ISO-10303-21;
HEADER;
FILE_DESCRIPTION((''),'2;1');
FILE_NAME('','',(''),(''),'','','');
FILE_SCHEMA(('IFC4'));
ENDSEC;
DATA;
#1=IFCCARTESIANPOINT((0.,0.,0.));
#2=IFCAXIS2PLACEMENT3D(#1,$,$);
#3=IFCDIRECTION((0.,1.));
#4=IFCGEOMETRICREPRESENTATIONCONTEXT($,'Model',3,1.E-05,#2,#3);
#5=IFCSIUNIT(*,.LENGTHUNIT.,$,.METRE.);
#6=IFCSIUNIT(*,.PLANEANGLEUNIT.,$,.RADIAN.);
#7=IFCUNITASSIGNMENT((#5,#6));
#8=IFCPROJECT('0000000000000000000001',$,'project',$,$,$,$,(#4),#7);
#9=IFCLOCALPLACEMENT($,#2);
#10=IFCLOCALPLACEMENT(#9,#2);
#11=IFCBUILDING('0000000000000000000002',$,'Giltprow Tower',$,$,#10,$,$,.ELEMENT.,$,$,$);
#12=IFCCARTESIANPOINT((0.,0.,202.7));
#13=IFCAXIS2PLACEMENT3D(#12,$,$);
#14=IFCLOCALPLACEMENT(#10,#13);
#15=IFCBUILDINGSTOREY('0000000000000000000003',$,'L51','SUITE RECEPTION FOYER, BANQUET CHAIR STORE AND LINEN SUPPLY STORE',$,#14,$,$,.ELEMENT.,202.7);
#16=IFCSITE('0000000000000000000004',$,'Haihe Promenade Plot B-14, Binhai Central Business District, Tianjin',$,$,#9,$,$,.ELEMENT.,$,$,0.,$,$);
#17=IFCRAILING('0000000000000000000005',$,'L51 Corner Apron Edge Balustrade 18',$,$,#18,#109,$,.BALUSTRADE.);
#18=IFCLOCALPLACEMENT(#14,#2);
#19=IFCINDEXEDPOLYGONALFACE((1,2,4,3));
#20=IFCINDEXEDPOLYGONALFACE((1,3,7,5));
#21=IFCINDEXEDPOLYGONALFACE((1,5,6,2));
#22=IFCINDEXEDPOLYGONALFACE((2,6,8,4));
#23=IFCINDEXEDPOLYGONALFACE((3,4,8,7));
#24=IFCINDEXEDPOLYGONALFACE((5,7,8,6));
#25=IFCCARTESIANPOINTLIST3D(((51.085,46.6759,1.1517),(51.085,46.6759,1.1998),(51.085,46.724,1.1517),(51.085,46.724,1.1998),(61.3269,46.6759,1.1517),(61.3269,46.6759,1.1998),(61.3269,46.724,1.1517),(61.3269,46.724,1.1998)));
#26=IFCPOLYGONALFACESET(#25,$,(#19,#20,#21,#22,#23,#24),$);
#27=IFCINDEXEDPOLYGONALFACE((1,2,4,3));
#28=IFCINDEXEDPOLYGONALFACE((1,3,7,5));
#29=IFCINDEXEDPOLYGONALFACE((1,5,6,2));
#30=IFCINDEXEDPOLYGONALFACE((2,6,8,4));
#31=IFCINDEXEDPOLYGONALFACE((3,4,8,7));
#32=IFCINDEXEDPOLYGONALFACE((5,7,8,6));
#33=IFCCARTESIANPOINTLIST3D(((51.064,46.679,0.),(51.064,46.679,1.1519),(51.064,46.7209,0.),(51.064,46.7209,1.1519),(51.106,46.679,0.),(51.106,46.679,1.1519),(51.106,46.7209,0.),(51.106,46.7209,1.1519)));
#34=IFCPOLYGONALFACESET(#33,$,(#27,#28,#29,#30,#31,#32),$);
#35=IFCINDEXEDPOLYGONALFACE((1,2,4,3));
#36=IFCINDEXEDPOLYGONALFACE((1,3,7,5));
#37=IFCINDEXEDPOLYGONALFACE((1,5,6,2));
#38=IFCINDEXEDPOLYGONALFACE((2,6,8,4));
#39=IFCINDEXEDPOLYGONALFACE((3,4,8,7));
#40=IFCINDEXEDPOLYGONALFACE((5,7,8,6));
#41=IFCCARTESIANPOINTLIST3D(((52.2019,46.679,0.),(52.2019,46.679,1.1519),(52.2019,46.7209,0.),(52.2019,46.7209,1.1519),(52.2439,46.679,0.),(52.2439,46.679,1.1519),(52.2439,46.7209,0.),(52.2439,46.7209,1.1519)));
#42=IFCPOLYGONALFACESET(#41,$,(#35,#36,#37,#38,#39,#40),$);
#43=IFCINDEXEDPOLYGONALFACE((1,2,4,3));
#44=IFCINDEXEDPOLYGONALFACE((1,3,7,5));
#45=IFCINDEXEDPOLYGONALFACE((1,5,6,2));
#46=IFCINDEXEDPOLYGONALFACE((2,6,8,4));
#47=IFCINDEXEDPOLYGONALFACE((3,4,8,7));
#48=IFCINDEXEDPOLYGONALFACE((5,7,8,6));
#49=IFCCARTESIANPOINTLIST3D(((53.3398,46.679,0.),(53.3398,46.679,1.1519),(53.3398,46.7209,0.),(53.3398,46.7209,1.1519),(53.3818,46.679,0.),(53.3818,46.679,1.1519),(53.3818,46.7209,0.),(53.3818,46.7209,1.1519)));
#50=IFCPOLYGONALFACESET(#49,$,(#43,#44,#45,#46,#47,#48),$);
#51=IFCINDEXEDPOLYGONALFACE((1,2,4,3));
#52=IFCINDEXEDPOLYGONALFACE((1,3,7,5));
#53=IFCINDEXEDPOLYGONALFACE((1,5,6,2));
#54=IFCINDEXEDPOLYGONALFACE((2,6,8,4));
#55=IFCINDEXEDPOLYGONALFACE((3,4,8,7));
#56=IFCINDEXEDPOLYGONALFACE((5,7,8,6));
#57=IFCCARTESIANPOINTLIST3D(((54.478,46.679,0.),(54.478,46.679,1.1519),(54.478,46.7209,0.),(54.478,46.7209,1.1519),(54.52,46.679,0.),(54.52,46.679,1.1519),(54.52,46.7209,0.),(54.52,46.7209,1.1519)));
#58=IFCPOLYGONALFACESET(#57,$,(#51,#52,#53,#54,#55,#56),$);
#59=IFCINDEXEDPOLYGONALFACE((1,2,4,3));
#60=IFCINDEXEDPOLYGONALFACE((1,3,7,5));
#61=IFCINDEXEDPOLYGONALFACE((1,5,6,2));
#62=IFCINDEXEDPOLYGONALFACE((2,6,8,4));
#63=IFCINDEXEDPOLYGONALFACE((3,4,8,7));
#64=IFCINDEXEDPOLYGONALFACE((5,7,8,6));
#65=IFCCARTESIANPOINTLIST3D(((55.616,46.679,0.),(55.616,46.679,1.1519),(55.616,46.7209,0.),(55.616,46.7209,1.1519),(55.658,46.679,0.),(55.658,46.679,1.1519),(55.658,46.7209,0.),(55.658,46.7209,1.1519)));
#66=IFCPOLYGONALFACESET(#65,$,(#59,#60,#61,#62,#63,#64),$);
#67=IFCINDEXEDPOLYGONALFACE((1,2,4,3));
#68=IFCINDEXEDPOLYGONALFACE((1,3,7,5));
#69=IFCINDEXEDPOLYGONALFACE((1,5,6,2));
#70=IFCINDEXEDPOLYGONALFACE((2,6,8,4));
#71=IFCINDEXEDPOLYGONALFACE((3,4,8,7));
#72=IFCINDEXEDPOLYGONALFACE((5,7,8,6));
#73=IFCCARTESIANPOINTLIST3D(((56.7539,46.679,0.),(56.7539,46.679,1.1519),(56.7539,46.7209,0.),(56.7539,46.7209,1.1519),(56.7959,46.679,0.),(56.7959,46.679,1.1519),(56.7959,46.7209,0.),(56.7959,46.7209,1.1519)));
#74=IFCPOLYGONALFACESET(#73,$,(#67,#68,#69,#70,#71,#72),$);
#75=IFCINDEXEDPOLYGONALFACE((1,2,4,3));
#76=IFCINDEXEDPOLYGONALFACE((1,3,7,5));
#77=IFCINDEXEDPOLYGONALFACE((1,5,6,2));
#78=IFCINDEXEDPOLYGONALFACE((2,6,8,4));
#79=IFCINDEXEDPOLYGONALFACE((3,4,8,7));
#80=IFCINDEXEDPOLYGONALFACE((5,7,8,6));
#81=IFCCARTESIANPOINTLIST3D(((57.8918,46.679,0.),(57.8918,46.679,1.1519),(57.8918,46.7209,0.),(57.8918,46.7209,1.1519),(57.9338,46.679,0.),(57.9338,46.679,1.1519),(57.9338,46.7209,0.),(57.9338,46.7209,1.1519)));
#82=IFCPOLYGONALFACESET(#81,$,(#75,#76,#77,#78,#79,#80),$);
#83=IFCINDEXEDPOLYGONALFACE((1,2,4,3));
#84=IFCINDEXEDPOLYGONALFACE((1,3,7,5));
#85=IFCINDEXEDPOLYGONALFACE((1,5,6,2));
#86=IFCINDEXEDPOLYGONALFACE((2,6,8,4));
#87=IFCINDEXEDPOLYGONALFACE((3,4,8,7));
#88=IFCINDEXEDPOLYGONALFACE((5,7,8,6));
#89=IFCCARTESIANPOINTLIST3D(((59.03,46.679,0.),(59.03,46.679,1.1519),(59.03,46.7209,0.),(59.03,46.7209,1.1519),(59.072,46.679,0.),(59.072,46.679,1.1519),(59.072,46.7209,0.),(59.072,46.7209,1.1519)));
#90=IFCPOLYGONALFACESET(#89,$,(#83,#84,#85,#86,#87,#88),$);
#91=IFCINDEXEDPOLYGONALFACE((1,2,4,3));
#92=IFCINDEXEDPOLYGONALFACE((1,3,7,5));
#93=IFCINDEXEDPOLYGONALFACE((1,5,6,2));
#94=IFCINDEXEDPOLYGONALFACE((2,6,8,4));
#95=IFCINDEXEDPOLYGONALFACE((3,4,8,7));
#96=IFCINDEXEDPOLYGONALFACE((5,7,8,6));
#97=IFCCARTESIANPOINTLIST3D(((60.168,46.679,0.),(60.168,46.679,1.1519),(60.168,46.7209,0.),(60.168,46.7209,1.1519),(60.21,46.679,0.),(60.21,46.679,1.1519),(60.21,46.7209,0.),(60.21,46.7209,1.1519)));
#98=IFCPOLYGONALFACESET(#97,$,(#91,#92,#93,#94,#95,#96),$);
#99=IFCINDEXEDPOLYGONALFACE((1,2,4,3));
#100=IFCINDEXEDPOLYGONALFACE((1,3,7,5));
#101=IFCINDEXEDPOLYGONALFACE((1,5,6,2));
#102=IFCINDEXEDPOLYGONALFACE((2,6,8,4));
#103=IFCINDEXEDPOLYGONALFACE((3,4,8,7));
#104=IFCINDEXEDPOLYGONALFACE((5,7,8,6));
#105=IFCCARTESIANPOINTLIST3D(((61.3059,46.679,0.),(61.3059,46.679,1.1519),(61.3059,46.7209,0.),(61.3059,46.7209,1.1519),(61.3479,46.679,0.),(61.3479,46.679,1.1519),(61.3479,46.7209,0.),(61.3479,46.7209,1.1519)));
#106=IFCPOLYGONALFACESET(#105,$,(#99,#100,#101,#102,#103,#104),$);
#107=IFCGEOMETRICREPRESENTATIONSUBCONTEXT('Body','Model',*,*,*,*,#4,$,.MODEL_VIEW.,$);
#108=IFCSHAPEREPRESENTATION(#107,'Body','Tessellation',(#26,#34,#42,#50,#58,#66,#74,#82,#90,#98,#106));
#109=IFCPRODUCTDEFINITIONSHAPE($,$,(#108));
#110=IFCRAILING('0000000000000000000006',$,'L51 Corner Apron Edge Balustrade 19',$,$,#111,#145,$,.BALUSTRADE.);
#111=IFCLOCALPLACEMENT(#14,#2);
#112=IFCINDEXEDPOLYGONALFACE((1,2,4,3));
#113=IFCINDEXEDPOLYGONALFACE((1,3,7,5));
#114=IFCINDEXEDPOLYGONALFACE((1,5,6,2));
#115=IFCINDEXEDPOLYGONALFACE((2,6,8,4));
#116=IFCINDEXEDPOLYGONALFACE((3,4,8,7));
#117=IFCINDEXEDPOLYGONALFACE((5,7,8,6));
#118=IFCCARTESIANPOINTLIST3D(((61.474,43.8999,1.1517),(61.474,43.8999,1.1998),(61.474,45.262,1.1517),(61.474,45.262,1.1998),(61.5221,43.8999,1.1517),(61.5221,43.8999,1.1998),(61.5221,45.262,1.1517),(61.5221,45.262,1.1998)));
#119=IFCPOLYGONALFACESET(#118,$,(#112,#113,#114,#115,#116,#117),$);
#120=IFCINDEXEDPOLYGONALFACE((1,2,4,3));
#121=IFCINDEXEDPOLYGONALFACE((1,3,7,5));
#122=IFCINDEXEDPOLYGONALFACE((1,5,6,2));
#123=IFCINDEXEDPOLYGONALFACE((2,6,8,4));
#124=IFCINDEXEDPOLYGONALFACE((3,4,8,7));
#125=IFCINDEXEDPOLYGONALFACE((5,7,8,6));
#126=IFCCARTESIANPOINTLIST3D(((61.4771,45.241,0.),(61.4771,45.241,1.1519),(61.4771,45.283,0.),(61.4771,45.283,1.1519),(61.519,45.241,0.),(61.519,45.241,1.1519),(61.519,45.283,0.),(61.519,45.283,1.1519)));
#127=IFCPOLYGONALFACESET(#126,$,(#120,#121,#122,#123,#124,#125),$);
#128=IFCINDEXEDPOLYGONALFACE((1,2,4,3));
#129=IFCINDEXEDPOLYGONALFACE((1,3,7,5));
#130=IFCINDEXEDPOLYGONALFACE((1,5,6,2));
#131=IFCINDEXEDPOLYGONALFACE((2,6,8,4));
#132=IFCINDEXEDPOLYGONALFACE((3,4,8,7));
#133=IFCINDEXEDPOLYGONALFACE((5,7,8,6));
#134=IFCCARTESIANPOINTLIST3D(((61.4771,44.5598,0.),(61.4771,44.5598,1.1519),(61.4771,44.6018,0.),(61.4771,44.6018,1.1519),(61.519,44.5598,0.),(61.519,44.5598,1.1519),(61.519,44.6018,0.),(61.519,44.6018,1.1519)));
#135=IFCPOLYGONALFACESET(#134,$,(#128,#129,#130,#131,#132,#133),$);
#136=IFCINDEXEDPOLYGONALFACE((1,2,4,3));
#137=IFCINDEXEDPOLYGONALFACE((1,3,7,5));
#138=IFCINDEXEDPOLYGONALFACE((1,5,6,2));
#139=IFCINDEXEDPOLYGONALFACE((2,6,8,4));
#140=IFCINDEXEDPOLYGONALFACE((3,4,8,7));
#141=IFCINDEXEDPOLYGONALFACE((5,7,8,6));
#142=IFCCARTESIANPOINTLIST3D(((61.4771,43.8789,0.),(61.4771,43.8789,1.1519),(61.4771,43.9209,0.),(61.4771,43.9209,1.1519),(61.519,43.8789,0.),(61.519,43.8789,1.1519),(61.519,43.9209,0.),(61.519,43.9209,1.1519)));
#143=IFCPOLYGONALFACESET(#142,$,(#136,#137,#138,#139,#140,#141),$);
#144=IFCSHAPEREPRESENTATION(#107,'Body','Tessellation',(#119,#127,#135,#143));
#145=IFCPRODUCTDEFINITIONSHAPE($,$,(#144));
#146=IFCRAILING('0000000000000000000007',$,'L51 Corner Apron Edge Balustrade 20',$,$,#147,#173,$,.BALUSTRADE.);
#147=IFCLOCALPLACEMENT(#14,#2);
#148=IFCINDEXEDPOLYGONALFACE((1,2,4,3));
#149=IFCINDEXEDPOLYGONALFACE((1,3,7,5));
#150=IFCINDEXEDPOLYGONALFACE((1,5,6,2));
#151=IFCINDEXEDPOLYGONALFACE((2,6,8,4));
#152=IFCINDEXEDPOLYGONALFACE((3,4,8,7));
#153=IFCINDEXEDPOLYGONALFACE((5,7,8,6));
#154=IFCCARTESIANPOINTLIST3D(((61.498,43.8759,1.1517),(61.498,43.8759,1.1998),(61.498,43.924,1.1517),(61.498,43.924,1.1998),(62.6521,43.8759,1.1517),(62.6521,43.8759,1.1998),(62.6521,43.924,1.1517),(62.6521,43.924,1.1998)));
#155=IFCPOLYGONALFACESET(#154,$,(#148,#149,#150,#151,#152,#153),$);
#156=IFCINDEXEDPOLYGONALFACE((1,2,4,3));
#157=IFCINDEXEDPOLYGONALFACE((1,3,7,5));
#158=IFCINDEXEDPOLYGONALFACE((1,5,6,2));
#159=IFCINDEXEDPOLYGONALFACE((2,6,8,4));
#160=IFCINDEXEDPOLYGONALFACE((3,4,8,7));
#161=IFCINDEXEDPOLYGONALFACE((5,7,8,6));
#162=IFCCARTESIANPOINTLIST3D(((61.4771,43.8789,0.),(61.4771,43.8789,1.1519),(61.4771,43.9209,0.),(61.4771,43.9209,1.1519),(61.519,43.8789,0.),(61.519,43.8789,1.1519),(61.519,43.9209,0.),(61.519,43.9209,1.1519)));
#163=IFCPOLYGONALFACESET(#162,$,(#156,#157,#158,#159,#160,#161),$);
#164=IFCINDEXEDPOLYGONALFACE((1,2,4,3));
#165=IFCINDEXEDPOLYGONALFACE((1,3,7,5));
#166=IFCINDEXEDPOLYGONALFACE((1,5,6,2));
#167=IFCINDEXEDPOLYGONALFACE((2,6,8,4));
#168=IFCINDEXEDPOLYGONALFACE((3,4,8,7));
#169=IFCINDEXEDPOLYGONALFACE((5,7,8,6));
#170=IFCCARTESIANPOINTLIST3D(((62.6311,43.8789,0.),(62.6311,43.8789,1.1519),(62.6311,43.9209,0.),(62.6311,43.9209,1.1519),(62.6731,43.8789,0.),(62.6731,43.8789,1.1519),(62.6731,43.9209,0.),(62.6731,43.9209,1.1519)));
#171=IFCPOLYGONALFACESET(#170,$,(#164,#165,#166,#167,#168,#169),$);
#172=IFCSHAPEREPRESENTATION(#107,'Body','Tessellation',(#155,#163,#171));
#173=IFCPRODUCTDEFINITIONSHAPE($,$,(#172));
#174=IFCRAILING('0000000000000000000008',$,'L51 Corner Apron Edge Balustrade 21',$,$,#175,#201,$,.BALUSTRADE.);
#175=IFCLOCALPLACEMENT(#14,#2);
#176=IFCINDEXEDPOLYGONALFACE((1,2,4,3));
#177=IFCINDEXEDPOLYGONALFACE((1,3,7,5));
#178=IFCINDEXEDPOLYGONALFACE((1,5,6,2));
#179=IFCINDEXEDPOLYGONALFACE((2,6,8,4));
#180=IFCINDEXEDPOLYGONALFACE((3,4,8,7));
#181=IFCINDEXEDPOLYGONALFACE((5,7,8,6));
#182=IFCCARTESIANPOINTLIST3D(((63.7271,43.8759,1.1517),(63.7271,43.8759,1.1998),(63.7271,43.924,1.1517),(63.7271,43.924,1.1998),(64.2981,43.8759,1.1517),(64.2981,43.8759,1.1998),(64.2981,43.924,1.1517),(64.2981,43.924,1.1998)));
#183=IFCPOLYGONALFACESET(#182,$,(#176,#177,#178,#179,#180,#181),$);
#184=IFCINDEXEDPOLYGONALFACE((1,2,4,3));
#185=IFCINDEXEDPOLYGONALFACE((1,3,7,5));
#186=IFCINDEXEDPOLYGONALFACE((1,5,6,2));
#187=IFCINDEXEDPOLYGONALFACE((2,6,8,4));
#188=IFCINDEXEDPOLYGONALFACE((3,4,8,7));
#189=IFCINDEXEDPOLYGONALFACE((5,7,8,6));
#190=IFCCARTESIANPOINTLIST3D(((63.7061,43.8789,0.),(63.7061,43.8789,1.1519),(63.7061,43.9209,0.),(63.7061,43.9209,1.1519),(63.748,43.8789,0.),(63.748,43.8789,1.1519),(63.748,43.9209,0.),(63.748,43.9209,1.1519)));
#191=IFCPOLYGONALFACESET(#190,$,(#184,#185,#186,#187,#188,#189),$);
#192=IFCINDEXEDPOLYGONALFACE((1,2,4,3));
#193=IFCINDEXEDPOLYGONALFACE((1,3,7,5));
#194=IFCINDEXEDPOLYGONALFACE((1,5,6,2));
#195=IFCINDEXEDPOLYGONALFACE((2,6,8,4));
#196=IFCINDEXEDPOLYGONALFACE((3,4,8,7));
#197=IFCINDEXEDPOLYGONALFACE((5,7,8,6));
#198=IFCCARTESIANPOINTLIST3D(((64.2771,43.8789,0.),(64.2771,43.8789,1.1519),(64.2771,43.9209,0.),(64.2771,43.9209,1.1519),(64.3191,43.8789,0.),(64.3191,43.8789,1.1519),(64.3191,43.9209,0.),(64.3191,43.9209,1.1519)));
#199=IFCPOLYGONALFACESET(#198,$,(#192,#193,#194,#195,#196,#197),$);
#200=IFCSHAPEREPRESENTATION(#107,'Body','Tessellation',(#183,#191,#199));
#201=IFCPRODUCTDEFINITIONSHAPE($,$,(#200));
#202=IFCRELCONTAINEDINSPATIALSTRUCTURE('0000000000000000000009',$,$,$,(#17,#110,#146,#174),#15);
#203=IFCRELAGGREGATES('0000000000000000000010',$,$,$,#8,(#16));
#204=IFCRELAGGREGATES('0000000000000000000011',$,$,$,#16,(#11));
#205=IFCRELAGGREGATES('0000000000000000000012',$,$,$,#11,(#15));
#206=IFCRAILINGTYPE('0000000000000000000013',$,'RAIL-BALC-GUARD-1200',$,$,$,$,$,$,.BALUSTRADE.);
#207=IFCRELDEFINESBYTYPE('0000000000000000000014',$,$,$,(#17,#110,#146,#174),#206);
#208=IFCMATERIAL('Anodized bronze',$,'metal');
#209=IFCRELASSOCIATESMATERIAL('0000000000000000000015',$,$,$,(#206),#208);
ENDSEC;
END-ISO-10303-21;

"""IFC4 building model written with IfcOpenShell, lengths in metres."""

from ifc_helpers import new_model, si_unit, direction, frame, origin, origin_2d, place, context, subcontext, project, spatial, rectangle, extrude, material, type_object, element, save


model = new_model("IFC4")

# Units and contexts
model_context = context("Model", 3, precision=1e-05, world=origin(), true_north=direction((0.0, 1.0)))
body_context = subcontext(model_context, "Body", "Model", "MODEL_VIEW")
ifc_project = project(units=[si_unit("LENGTHUNIT", "METRE"), si_unit("PLANEANGLEUNIT", "RADIAN")], contexts=[model_context])

# Site, building, storey
site_placement = place(None, origin())
site = spatial("IfcSite", under=ifc_project, at=site_placement, Name="Haihe Promenade Plot B-14, Binhai Central Business District, Tianjin", CompositionType="ELEMENT", RefElevation=0.0)
building_placement = place(site_placement, origin())
building = spatial("IfcBuilding", under=site, at=building_placement, Name="Giltprow Tower", CompositionType="ELEMENT")
storey_placement = place(building_placement, frame((0.0, 0.0, 202.7)))
storey = spatial("IfcBuildingStorey", under=building, at=storey_placement, Name="L51", Description="SUITE RECEPTION FOYER, BANQUET CHAIR STORE AND LINEN SUPPLY STORE", CompositionType="ELEMENT", Elevation=202.7)

# Railings
ifc_material_1 = material(Name="Anodized bronze", Category="metal")
railing_type = type_object("IfcRailingType", Name="RAIL-BALC-GUARD-1200", PredefinedType="BALUSTRADE", material=ifc_material_1)
railing_1_placement = place(storey_placement, frame((51.085, 46.7, 0.0)))
element("IfcRailing", 1, at=railing_1_placement, inside=storey, type_object=railing_type, Name="L51 Corner Apron Edge Balustrade 18", PredefinedType="BALUSTRADE", context=body_context, shape_type="SweptSolid", body=[
    extrude(rectangle(XDim=0.0481, YDim=0.0481, at=origin_2d()), frame((0.0, 0.0, 1.1758), z_axis=(1.0, 0.0, 0.0), x_axis=(0.0, 1.0, 0.0)), (0.0, 0.0, 1.0), 10.2419),
    extrude(rectangle(XDim=0.042, YDim=0.042, at=origin_2d()), origin(), (0.0, 0.0, 1.0), 1.1519),
    extrude(rectangle(XDim=0.042, YDim=0.042, at=origin_2d()), frame((1.1379, 0.0, 0.0)), (0.0, 0.0, 1.0), 1.1519),
    extrude(rectangle(XDim=0.042, YDim=0.042, at=origin_2d()), frame((2.2759, 0.0, 0.0)), (0.0, 0.0, 1.0), 1.1519),
    extrude(rectangle(XDim=0.042, YDim=0.042, at=origin_2d()), frame((3.4141, 0.0, 0.0)), (0.0, 0.0, 1.0), 1.1519),
    extrude(rectangle(XDim=0.042, YDim=0.042, at=origin_2d()), frame((4.552, 0.0, 0.0)), (0.0, 0.0, 1.0), 1.1519),
    extrude(rectangle(XDim=0.042, YDim=0.042, at=origin_2d()), frame((5.6899, 0.0, 0.0)), (0.0, 0.0, 1.0), 1.1519),
    extrude(rectangle(XDim=0.042, YDim=0.042, at=origin_2d()), frame((6.8279, 0.0, 0.0)), (0.0, 0.0, 1.0), 1.1519),
    extrude(rectangle(XDim=0.042, YDim=0.042, at=origin_2d()), frame((7.9661, 0.0, 0.0)), (0.0, 0.0, 1.0), 1.1519),
    extrude(rectangle(XDim=0.042, YDim=0.042, at=origin_2d()), frame((9.104, 0.0, 0.0)), (0.0, 0.0, 1.0), 1.1519),
    extrude(rectangle(XDim=0.042, YDim=0.042, at=origin_2d()), frame((10.2419, 0.0, 0.0)), (0.0, 0.0, 1.0), 1.1519),
])
railing_2_placement = place(storey_placement, frame((61.498, 45.262, 0.0)))
element("IfcRailing", 2, at=railing_2_placement, inside=storey, type_object=railing_type, Name="L51 Corner Apron Edge Balustrade 19", PredefinedType="BALUSTRADE", context=body_context, shape_type="SweptSolid", body=[
    extrude(rectangle(XDim=0.0481, YDim=0.0481, at=origin_2d()), frame((0.0, 0.0, 1.1758), z_axis=(0.0, -1.0, 0.0), x_axis=(1.0, 0.0, 0.0)), (0.0, 0.0, 1.0), 1.3621),
    extrude(rectangle(XDim=0.042, YDim=0.042, at=origin_2d()), origin(), (0.0, 0.0, 1.0), 1.1519),
    extrude(rectangle(XDim=0.042, YDim=0.042, at=origin_2d()), frame((0.0, -0.6812, 0.0)), (0.0, 0.0, 1.0), 1.1519),
    extrude(rectangle(XDim=0.042, YDim=0.042, at=origin_2d()), frame((0.0, -1.3621, 0.0)), (0.0, 0.0, 1.0), 1.1519),
])
railing_3_placement = place(storey_placement, frame((61.498, 43.8999, 0.0)))
element("IfcRailing", 3, at=railing_3_placement, inside=storey, type_object=railing_type, Name="L51 Corner Apron Edge Balustrade 20", PredefinedType="BALUSTRADE", context=body_context, shape_type="SweptSolid", body=[
    extrude(rectangle(XDim=0.0481, YDim=0.0481, at=origin_2d()), frame((0.0, 0.0, 1.1758), z_axis=(1.0, 0.0, 0.0), x_axis=(0.0, 1.0, 0.0)), (0.0, 0.0, 1.0), 1.1541),
    extrude(rectangle(XDim=0.042, YDim=0.042, at=origin_2d()), origin(), (0.0, 0.0, 1.0), 1.1519),
    extrude(rectangle(XDim=0.042, YDim=0.042, at=origin_2d()), frame((1.1541, 0.0, 0.0)), (0.0, 0.0, 1.0), 1.1519),
])
railing_4_placement = place(storey_placement, frame((63.7271, 43.8999, 0.0)))
element("IfcRailing", 4, at=railing_4_placement, inside=storey, type_object=railing_type, Name="L51 Corner Apron Edge Balustrade 21", PredefinedType="BALUSTRADE", context=body_context, shape_type="SweptSolid", body=[
    extrude(rectangle(XDim=0.0481, YDim=0.0481, at=origin_2d()), frame((0.0, 0.0, 1.1758), z_axis=(1.0, 0.0, 0.0), x_axis=(0.0, 1.0, 0.0)), (0.0, 0.0, 1.0), 0.571),
    extrude(rectangle(XDim=0.042, YDim=0.042, at=origin_2d()), origin(), (0.0, 0.0, 1.0), 1.1519),
    extrude(rectangle(XDim=0.042, YDim=0.042, at=origin_2d()), frame((0.571, 0.0, 0.0)), (0.0, 0.0, 1.0), 1.1519),
])

save(model, "model.ifc")
